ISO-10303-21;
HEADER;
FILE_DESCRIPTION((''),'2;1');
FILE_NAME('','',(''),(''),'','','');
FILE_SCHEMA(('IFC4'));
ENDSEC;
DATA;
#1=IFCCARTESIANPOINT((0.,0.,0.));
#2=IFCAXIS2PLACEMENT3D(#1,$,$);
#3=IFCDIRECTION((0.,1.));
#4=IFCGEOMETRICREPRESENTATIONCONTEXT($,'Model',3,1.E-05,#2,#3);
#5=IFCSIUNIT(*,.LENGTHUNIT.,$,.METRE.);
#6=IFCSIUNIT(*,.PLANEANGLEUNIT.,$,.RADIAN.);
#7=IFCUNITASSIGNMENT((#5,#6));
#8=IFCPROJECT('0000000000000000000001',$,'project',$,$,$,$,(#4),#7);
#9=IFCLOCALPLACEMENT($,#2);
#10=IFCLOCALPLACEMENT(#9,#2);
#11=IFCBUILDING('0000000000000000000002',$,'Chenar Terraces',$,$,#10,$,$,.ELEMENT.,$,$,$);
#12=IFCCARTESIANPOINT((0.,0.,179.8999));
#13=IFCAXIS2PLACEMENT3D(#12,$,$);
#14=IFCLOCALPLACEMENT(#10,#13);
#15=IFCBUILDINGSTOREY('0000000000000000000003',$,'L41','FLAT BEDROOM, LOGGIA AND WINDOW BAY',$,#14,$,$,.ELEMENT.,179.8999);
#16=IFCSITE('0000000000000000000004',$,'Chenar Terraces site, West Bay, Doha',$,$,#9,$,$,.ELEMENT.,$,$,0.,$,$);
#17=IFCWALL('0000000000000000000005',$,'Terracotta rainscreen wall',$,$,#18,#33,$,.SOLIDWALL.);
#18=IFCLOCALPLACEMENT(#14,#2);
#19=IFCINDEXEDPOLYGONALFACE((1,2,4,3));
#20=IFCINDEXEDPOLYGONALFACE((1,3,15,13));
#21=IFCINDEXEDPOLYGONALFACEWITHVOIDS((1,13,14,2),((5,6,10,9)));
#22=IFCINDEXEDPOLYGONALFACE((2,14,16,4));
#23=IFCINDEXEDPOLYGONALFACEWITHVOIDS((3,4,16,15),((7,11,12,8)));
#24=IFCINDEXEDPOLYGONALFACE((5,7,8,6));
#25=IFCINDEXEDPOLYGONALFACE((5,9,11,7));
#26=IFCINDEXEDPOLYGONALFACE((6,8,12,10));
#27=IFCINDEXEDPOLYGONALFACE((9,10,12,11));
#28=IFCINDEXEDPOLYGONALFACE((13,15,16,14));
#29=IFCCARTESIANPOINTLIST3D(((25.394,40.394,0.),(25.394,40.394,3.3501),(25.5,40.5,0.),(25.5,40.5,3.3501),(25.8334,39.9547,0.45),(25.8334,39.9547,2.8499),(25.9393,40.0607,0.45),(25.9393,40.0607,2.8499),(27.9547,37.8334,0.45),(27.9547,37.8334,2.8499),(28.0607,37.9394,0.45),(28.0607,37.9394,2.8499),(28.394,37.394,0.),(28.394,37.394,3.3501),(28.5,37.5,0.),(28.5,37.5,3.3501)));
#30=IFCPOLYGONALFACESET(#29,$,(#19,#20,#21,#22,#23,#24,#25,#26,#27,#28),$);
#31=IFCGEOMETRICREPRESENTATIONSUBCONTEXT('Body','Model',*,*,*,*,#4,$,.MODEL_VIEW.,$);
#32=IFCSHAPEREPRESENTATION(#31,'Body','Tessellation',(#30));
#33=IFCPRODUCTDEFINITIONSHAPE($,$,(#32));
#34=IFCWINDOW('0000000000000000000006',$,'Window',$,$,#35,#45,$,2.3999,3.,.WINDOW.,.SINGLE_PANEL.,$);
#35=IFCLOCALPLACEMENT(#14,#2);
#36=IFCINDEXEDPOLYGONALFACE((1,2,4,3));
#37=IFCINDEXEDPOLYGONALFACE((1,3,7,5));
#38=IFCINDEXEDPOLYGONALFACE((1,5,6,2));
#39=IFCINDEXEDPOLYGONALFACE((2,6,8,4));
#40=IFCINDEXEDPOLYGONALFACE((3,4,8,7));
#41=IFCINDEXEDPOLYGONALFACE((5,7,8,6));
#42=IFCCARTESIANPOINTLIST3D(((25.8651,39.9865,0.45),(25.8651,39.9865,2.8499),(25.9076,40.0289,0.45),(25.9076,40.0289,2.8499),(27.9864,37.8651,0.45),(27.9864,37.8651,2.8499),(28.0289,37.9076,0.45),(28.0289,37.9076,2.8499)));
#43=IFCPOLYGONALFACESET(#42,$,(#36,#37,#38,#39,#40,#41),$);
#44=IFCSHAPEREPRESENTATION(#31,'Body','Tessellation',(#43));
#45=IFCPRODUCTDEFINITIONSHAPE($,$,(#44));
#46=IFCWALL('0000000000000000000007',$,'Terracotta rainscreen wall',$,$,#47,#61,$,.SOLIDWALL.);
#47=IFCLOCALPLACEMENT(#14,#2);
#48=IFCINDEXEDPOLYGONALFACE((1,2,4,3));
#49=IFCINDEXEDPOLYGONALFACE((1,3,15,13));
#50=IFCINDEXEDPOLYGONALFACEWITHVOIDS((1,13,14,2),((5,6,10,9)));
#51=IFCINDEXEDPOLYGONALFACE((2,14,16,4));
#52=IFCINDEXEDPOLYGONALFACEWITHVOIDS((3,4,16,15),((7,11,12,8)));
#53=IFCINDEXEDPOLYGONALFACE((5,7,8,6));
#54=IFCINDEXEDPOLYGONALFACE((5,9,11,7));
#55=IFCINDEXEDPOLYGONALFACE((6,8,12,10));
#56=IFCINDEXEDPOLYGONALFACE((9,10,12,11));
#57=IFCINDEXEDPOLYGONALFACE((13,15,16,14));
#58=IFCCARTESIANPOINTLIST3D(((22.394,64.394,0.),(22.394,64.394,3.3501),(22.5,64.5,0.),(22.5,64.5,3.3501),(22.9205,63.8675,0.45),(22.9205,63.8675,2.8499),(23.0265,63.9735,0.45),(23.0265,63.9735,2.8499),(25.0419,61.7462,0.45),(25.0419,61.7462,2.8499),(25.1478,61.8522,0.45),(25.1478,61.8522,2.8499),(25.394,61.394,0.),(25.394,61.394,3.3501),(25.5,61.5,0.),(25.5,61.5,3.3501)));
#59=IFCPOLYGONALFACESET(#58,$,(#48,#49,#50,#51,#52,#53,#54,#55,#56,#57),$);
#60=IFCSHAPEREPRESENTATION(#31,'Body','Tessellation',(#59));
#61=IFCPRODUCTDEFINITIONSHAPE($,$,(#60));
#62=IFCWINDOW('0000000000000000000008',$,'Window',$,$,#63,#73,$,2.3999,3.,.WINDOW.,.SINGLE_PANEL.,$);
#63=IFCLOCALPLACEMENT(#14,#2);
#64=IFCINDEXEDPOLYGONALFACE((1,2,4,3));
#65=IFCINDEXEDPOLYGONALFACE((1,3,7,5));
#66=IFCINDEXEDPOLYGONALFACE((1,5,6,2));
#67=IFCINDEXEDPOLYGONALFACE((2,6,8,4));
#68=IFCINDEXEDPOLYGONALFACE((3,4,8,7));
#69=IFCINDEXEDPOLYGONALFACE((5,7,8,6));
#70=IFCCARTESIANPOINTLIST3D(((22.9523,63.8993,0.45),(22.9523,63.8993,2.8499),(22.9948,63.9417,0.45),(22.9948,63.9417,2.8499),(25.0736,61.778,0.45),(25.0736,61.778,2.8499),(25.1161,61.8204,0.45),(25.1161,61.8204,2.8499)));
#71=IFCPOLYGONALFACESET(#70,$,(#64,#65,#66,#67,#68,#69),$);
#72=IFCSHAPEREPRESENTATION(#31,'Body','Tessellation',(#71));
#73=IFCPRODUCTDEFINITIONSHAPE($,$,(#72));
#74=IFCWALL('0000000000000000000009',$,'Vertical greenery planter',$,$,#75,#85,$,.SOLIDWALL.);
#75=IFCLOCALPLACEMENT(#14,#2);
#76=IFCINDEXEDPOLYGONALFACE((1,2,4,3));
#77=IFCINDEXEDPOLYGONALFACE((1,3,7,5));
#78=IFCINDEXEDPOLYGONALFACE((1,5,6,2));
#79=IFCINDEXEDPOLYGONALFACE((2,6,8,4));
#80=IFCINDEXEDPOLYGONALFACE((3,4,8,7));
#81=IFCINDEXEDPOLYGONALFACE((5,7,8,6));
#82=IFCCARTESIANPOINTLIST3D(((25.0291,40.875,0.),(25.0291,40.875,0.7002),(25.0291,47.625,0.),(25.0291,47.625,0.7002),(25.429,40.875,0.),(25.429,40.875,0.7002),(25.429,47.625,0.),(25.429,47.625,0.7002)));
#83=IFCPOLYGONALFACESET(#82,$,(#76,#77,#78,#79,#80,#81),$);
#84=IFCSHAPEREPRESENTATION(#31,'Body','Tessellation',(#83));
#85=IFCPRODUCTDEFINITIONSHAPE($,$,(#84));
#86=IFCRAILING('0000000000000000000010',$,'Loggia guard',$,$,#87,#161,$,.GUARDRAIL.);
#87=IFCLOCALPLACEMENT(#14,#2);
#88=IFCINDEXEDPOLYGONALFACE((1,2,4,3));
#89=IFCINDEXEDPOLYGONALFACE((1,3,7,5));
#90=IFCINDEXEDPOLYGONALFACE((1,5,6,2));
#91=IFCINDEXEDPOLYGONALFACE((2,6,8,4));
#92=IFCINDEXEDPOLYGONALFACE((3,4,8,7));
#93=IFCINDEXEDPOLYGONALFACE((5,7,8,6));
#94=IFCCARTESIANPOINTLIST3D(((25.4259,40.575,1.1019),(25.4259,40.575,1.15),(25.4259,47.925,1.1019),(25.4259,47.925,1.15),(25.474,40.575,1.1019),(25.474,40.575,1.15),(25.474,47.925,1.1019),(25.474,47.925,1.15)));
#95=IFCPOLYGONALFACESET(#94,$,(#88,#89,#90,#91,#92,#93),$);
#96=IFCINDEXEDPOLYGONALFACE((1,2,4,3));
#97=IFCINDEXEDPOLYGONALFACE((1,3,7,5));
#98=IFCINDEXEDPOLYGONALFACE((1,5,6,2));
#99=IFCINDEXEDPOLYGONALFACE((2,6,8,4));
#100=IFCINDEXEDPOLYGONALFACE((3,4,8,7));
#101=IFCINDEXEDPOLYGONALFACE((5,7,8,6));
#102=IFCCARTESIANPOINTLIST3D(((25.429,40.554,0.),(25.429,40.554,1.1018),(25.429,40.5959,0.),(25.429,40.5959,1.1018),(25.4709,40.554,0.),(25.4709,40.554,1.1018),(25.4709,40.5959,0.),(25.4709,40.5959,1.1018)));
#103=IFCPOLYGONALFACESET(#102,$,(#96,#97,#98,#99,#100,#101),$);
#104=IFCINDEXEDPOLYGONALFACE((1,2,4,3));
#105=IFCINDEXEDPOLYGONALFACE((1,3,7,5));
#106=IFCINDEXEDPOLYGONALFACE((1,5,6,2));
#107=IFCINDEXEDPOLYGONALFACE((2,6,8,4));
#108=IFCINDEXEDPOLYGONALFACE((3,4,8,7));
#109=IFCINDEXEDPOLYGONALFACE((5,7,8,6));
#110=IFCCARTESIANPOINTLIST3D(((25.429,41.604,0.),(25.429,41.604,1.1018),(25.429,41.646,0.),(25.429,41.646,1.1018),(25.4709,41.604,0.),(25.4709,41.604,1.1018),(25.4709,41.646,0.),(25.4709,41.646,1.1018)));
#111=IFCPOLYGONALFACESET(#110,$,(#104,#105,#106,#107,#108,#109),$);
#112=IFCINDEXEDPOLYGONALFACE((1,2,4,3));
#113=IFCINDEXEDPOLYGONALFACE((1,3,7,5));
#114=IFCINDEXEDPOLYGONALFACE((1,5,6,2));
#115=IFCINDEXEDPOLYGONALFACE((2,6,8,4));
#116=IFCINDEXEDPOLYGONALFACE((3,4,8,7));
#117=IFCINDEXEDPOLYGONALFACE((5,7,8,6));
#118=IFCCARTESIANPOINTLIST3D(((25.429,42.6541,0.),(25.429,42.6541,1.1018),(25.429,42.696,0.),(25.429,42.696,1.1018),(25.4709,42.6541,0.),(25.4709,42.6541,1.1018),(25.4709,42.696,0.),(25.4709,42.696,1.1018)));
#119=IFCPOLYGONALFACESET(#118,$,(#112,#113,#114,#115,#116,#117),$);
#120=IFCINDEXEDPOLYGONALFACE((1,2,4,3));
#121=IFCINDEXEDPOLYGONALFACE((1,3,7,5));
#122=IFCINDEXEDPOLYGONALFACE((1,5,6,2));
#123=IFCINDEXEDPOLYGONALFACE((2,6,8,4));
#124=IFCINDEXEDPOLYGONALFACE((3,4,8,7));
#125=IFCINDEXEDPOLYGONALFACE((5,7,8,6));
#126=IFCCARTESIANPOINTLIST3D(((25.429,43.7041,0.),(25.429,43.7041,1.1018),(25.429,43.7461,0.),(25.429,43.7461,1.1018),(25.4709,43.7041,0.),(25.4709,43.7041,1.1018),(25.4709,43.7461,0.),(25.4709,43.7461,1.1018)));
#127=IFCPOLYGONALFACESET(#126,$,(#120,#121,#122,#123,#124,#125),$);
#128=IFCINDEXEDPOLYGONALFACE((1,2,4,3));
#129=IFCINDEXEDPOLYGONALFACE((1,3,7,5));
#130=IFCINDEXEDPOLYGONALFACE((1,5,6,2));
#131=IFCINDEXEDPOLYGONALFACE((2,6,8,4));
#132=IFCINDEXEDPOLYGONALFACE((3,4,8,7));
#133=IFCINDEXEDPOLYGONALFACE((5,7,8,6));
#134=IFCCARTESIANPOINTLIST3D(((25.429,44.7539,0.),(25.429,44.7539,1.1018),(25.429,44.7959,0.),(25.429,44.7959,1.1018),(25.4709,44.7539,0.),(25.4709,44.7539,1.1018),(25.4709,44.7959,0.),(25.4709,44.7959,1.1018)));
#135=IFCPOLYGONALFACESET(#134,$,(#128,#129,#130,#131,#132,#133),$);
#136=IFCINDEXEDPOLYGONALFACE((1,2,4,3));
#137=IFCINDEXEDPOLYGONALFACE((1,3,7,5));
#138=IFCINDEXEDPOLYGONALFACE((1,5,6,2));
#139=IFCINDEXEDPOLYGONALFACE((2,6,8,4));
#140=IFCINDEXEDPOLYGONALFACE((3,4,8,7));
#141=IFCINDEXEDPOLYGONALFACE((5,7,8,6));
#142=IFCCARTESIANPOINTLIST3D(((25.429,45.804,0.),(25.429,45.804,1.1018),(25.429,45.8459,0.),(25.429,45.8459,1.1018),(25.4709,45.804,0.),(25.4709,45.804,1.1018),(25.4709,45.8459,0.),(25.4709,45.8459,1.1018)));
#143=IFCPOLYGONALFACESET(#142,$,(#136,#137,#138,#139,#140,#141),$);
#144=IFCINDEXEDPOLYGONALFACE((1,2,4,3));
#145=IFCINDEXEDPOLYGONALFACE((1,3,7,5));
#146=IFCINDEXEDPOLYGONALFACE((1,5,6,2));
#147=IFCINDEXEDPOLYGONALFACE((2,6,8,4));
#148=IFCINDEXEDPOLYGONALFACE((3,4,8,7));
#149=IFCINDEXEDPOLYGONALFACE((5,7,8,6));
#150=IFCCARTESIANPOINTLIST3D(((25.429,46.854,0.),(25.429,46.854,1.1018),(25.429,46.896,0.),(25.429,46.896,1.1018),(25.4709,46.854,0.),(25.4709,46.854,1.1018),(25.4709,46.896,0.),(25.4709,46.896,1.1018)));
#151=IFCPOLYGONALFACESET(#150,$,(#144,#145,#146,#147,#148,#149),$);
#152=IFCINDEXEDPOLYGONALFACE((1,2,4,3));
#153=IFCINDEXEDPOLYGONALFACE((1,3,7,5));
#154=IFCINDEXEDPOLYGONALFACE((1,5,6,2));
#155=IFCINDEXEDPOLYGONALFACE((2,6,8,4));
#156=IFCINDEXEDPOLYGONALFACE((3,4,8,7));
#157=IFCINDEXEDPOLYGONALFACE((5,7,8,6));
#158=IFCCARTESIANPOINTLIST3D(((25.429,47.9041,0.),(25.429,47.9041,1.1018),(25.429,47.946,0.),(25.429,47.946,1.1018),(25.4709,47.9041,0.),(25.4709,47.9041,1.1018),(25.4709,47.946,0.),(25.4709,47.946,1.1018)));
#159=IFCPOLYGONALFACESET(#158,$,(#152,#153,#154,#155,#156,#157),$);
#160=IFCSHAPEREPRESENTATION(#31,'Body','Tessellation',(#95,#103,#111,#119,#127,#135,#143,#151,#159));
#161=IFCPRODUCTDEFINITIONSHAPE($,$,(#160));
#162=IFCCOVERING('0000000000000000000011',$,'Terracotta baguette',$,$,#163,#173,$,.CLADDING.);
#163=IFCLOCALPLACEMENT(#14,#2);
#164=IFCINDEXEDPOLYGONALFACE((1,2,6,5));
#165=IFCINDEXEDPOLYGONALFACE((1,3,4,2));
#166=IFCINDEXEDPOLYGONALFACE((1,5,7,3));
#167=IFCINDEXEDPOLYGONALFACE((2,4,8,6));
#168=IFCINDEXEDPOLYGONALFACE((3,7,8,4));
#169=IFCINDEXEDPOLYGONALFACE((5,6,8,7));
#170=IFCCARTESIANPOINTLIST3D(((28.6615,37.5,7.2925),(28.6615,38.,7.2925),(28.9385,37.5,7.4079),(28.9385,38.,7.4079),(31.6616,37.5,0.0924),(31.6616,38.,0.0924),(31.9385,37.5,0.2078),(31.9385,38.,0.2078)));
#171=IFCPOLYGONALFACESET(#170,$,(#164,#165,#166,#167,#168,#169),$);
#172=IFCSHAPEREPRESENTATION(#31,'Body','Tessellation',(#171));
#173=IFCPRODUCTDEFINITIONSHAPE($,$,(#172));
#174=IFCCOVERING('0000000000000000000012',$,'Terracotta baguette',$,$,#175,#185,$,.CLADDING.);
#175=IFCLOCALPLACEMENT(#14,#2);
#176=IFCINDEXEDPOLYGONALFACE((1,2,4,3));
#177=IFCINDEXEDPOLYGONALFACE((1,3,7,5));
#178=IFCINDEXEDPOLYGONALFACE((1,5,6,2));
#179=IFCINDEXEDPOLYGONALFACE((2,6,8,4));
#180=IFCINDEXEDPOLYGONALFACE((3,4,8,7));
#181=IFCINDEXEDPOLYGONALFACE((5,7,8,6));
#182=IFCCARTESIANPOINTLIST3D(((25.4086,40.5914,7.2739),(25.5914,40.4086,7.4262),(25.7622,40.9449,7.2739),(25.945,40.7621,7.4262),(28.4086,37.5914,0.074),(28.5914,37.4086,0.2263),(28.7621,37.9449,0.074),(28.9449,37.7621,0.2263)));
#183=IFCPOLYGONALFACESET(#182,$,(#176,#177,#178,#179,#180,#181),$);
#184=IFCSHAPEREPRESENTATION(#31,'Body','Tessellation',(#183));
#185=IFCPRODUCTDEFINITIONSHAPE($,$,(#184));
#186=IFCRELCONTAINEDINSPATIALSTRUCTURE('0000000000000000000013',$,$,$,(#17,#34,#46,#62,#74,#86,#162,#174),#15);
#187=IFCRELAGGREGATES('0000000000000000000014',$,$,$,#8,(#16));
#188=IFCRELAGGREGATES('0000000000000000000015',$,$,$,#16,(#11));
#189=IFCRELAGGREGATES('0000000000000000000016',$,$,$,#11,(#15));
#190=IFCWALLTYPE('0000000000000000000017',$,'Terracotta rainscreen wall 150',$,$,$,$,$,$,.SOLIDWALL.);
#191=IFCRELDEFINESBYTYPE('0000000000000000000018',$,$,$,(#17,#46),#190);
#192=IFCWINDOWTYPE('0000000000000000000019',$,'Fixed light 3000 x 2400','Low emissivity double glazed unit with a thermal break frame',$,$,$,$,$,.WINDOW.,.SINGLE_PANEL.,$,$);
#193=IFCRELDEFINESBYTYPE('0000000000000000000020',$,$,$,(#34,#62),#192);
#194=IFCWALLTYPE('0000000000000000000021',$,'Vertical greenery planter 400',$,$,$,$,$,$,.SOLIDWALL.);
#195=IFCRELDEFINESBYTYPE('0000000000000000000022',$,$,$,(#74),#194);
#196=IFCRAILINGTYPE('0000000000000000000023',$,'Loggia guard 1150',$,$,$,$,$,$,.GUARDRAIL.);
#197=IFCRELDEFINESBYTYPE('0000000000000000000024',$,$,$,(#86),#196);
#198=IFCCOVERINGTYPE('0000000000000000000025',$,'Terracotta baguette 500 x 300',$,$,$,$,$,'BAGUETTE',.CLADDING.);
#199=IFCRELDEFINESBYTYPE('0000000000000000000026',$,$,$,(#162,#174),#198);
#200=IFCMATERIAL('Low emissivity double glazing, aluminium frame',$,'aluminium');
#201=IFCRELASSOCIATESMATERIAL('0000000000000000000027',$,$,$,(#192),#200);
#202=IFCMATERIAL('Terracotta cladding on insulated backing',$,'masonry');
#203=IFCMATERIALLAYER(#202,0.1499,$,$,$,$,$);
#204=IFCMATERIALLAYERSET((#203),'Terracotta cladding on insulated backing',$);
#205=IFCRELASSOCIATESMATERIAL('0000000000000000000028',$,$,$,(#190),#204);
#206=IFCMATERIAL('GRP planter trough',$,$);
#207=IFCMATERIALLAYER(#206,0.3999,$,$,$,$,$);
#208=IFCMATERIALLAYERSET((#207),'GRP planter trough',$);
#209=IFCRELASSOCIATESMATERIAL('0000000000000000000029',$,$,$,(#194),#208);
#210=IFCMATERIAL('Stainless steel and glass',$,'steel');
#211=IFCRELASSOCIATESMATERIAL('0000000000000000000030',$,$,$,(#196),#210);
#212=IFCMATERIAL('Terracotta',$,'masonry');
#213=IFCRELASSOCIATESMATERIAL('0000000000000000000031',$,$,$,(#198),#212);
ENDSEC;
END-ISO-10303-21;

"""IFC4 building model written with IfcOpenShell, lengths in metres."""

from ifc_helpers import new_model, si_unit, direction, frame, frame_2d, origin, origin_2d, place, context, subcontext, project, spatial, rectangle, extrude, material, layer, layer_set, material_profile, profile_set, type_object, element, fill, save


model = new_model("IFC4")

# Units and contexts
model_context = context("Model", 3, precision=1e-05, world=origin(), true_north=direction((0.0, 1.0)))
body_context = subcontext(model_context, "Body", "Model", "MODEL_VIEW")
ifc_project = project(units=[si_unit("LENGTHUNIT", "METRE"), si_unit("PLANEANGLEUNIT", "RADIAN")], contexts=[model_context])

# Site, building, storey
site_placement = place(None, origin())
site = spatial("IfcSite", under=ifc_project, at=site_placement, Name="Chenar Terraces site, West Bay, Doha", CompositionType="ELEMENT", RefElevation=0.0)
building_placement = place(site_placement, origin())
building = spatial("IfcBuilding", under=site, at=building_placement, Name="Chenar Terraces", CompositionType="ELEMENT")
storey_placement = place(building_placement, frame((0.0, 0.0, 179.8999)))
storey = spatial("IfcBuildingStorey", under=building, at=storey_placement, Name="L41", Description="FLAT BEDROOM, LOGGIA AND WINDOW BAY", CompositionType="ELEMENT", Elevation=179.8999)

# Shared definitions
ifc_material_1 = material(Name="Low emissivity double glazing, aluminium frame", Category="aluminium")
window_type_1 = type_object("IfcWindowType", Name="Fixed light 3000 x 2400", Description="Low emissivity double glazed unit with a thermal break frame", PartitioningType="SINGLE_PANEL", PredefinedType="WINDOW", material=ifc_material_1)

# Walls, openings, windows
ifc_material_2 = material(Name="Terracotta cladding on insulated backing", Category="masonry")
ifc_layer_1 = layer(ifc_material_2, 0.1499)
ifc_layer_set_1 = layer_set([ifc_layer_1], Name="Terracotta cladding on insulated backing")
wall_type_1 = type_object("IfcWallType", Name="Terracotta rainscreen wall 150", PredefinedType="SOLIDWALL", material=ifc_layer_set_1)
wall_1_placement = place(storey_placement, frame((28.447, 37.447, 0.0), z_axis=(0.0, 0.0, 1.0), x_axis=(-0.707107, 0.707107, 0.0)))
wall_1 = element("IfcWall", 1, at=wall_1_placement, inside=storey, type_object=wall_type_1, Name="Terracotta rainscreen wall", PredefinedType="SOLIDWALL", context=body_context, shape_type="SweptSolid", body=[
    extrude(rectangle(XDim=4.2427, YDim=0.1499, at=frame_2d((2.1213, 0.0))), origin(), (0.0, 0.0, 1.0), 3.3501),
])
opening_1_placement = place(wall_1_placement, frame((0.6213, 0.0, 0.45)))
opening_1 = element("IfcOpeningElement", 2, at=opening_1_placement, cuts=wall_1, PredefinedType="OPENING", context=body_context, shape_type="SweptSolid", body=[
    extrude(rectangle(XDim=3.0, YDim=2.3999, at=frame_2d((1.5, 1.2))), frame((0.0, 0.085, 0.0), z_axis=(0.0, -1.0, 0.0), x_axis=(1.0, 0.0, 0.0)), (0.0, 0.0, 1.0), 0.1699),
])
window_1_placement = place(opening_1_placement, origin())
window_1 = element("IfcWindow", 3, at=window_1_placement, inside=storey, type_object=window_type_1, Name="Window", OverallHeight=2.3999, OverallWidth=3.0, PartitioningType="SINGLE_PANEL", PredefinedType="WINDOW", context=body_context, shape_type="SweptSolid", body=[
    extrude(rectangle(XDim=3.0, YDim=2.3999, at=frame_2d((1.5, 1.2))), frame((0.0, 0.03, 0.0), z_axis=(0.0, -1.0, 0.0), x_axis=(1.0, 0.0, 0.0)), (0.0, 0.0, 1.0), 0.0601),
])
fill(opening_1, window_1)
wall_2_placement = place(storey_placement, frame((25.447, 61.447, 0.0), z_axis=(0.0, 0.0, 1.0), x_axis=(-0.707107, 0.707107, 0.0)))
wall_2 = element("IfcWall", 4, at=wall_2_placement, inside=storey, type_object=wall_type_1, Name="Terracotta rainscreen wall", PredefinedType="SOLIDWALL", context=body_context, shape_type="SweptSolid", body=[
    extrude(rectangle(XDim=4.2427, YDim=0.1499, at=frame_2d((2.1213, 0.0))), origin(), (0.0, 0.0, 1.0), 3.3501),
])
opening_2_placement = place(wall_2_placement, frame((0.498, 0.0, 0.45)))
opening_2 = element("IfcOpeningElement", 5, at=opening_2_placement, cuts=wall_2, PredefinedType="OPENING", context=body_context, shape_type="SweptSolid", body=[
    extrude(rectangle(XDim=3.0, YDim=2.3999, at=frame_2d((1.5, 1.2))), frame((0.0, 0.085, 0.0), z_axis=(0.0, -1.0, 0.0), x_axis=(1.0, 0.0, 0.0)), (0.0, 0.0, 1.0), 0.1699),
])
window_2_placement = place(opening_2_placement, origin())
window_2 = element("IfcWindow", 6, at=window_2_placement, inside=storey, type_object=window_type_1, Name="Window", OverallHeight=2.3999, OverallWidth=3.0, PartitioningType="SINGLE_PANEL", PredefinedType="WINDOW", context=body_context, shape_type="SweptSolid", body=[
    extrude(rectangle(XDim=3.0, YDim=2.3999, at=frame_2d((1.5, 1.2))), frame((0.0, 0.03, 0.0), z_axis=(0.0, -1.0, 0.0), x_axis=(1.0, 0.0, 0.0)), (0.0, 0.0, 1.0), 0.0601),
])
fill(opening_2, window_2)

# Wall
ifc_material_3 = material(Name="GRP planter trough")
ifc_layer_2 = layer(ifc_material_3, 0.3999)
ifc_layer_set_2 = layer_set([ifc_layer_2], Name="GRP planter trough")
wall_type_2 = type_object("IfcWallType", Name="Vertical greenery planter 400", PredefinedType="SOLIDWALL", material=ifc_layer_set_2)
wall_3_placement = place(storey_placement, frame((25.229, 40.875, 0.0), z_axis=(0.0, 0.0, 1.0), x_axis=(0.0, 1.0, 0.0)))
element("IfcWall", 7, at=wall_3_placement, inside=storey, type_object=wall_type_2, Name="Vertical greenery planter", PredefinedType="SOLIDWALL", context=body_context, shape_type="SweptSolid", body=[
    extrude(rectangle(XDim=6.75, YDim=0.3999, at=frame_2d((3.375, 0.0))), origin(), (0.0, 0.0, 1.0), 0.7002),
])

# Railing
ifc_material_4 = material(Name="Stainless steel and glass", Category="steel")
railing_type = type_object("IfcRailingType", Name="Loggia guard 1150", PredefinedType="GUARDRAIL", material=ifc_material_4)
railing_placement = place(storey_placement, frame((25.45, 40.575, 0.0)))
element("IfcRailing", 8, at=railing_placement, inside=storey, type_object=railing_type, Name="Loggia guard", PredefinedType="GUARDRAIL", context=body_context, shape_type="SweptSolid", body=[
    extrude(rectangle(XDim=0.0481, YDim=0.0481, at=origin_2d()), frame((0.0, 0.0, 1.126), z_axis=(0.0, 1.0, 0.0), x_axis=(-1.0, 0.0, 0.0)), (0.0, 0.0, 1.0), 7.3501),
    extrude(rectangle(XDim=0.042, YDim=0.042, at=origin_2d()), origin(), (0.0, 0.0, 1.0), 1.1018),
    extrude(rectangle(XDim=0.042, YDim=0.042, at=origin_2d()), frame((0.0, 1.05, 0.0)), (0.0, 0.0, 1.0), 1.1018),
    extrude(rectangle(XDim=0.042, YDim=0.042, at=origin_2d()), frame((0.0, 2.1001, 0.0)), (0.0, 0.0, 1.0), 1.1018),
    extrude(rectangle(XDim=0.042, YDim=0.042, at=origin_2d()), frame((0.0, 3.1501, 0.0)), (0.0, 0.0, 1.0), 1.1018),
    extrude(rectangle(XDim=0.042, YDim=0.042, at=origin_2d()), frame((0.0, 4.2, 0.0)), (0.0, 0.0, 1.0), 1.1018),
    extrude(rectangle(XDim=0.042, YDim=0.042, at=origin_2d()), frame((0.0, 5.25, 0.0)), (0.0, 0.0, 1.0), 1.1018),
    extrude(rectangle(XDim=0.042, YDim=0.042, at=origin_2d()), frame((0.0, 6.3, 0.0)), (0.0, 0.0, 1.0), 1.1018),
    extrude(rectangle(XDim=0.042, YDim=0.042, at=origin_2d()), frame((0.0, 7.3501, 0.0)), (0.0, 0.0, 1.0), 1.1018),
])

# Coverings
ifc_material_5 = material(Name="Terracotta", Category="masonry")
ifc_material_profile_1 = material_profile(ifc_material_5, rectangle(XDim=0.5, YDim=0.3, at=origin_2d()), Name="Terracotta baguette 500 x 300")
ifc_profile_set_1 = profile_set([ifc_material_profile_1], Name="Terracotta")
covering_type = type_object("IfcCoveringType", Name="Terracotta baguette 500 x 300", ElementType="BAGUETTE", PredefinedType="CLADDING", material=ifc_profile_set_1)
covering_1_placement = place(storey_placement, frame((31.8, 37.75, 0.1501), z_axis=(-0.384618, 0.0, 0.923076), x_axis=(0.0, -1.0, 0.0)))
element("IfcCovering", 9, at=covering_1_placement, inside=storey, type_object=covering_type, Name="Terracotta baguette", PredefinedType="CLADDING", context=body_context, shape_type="SweptSolid", body=[
    extrude(rectangle(XDim=0.5, YDim=0.3, at=origin_2d()), origin(), (0.0, 0.0, 1.0), 7.8),
])
covering_2_placement = place(storey_placement, frame((28.6768, 37.6768, 0.1501), z_axis=(-0.358981, 0.358981, 0.861548), x_axis=(-0.707107, -0.707107, 0.0)))
element("IfcCovering", 10, at=covering_2_placement, inside=storey, type_object=covering_type, Name="Terracotta baguette", PredefinedType="CLADDING", context=body_context, shape_type="SweptSolid", body=[
    extrude(rectangle(XDim=0.5, YDim=0.3, at=origin_2d()), origin(), (0.0, 0.0, 1.0), 8.3569),
])

save(model, "model.ifc")
